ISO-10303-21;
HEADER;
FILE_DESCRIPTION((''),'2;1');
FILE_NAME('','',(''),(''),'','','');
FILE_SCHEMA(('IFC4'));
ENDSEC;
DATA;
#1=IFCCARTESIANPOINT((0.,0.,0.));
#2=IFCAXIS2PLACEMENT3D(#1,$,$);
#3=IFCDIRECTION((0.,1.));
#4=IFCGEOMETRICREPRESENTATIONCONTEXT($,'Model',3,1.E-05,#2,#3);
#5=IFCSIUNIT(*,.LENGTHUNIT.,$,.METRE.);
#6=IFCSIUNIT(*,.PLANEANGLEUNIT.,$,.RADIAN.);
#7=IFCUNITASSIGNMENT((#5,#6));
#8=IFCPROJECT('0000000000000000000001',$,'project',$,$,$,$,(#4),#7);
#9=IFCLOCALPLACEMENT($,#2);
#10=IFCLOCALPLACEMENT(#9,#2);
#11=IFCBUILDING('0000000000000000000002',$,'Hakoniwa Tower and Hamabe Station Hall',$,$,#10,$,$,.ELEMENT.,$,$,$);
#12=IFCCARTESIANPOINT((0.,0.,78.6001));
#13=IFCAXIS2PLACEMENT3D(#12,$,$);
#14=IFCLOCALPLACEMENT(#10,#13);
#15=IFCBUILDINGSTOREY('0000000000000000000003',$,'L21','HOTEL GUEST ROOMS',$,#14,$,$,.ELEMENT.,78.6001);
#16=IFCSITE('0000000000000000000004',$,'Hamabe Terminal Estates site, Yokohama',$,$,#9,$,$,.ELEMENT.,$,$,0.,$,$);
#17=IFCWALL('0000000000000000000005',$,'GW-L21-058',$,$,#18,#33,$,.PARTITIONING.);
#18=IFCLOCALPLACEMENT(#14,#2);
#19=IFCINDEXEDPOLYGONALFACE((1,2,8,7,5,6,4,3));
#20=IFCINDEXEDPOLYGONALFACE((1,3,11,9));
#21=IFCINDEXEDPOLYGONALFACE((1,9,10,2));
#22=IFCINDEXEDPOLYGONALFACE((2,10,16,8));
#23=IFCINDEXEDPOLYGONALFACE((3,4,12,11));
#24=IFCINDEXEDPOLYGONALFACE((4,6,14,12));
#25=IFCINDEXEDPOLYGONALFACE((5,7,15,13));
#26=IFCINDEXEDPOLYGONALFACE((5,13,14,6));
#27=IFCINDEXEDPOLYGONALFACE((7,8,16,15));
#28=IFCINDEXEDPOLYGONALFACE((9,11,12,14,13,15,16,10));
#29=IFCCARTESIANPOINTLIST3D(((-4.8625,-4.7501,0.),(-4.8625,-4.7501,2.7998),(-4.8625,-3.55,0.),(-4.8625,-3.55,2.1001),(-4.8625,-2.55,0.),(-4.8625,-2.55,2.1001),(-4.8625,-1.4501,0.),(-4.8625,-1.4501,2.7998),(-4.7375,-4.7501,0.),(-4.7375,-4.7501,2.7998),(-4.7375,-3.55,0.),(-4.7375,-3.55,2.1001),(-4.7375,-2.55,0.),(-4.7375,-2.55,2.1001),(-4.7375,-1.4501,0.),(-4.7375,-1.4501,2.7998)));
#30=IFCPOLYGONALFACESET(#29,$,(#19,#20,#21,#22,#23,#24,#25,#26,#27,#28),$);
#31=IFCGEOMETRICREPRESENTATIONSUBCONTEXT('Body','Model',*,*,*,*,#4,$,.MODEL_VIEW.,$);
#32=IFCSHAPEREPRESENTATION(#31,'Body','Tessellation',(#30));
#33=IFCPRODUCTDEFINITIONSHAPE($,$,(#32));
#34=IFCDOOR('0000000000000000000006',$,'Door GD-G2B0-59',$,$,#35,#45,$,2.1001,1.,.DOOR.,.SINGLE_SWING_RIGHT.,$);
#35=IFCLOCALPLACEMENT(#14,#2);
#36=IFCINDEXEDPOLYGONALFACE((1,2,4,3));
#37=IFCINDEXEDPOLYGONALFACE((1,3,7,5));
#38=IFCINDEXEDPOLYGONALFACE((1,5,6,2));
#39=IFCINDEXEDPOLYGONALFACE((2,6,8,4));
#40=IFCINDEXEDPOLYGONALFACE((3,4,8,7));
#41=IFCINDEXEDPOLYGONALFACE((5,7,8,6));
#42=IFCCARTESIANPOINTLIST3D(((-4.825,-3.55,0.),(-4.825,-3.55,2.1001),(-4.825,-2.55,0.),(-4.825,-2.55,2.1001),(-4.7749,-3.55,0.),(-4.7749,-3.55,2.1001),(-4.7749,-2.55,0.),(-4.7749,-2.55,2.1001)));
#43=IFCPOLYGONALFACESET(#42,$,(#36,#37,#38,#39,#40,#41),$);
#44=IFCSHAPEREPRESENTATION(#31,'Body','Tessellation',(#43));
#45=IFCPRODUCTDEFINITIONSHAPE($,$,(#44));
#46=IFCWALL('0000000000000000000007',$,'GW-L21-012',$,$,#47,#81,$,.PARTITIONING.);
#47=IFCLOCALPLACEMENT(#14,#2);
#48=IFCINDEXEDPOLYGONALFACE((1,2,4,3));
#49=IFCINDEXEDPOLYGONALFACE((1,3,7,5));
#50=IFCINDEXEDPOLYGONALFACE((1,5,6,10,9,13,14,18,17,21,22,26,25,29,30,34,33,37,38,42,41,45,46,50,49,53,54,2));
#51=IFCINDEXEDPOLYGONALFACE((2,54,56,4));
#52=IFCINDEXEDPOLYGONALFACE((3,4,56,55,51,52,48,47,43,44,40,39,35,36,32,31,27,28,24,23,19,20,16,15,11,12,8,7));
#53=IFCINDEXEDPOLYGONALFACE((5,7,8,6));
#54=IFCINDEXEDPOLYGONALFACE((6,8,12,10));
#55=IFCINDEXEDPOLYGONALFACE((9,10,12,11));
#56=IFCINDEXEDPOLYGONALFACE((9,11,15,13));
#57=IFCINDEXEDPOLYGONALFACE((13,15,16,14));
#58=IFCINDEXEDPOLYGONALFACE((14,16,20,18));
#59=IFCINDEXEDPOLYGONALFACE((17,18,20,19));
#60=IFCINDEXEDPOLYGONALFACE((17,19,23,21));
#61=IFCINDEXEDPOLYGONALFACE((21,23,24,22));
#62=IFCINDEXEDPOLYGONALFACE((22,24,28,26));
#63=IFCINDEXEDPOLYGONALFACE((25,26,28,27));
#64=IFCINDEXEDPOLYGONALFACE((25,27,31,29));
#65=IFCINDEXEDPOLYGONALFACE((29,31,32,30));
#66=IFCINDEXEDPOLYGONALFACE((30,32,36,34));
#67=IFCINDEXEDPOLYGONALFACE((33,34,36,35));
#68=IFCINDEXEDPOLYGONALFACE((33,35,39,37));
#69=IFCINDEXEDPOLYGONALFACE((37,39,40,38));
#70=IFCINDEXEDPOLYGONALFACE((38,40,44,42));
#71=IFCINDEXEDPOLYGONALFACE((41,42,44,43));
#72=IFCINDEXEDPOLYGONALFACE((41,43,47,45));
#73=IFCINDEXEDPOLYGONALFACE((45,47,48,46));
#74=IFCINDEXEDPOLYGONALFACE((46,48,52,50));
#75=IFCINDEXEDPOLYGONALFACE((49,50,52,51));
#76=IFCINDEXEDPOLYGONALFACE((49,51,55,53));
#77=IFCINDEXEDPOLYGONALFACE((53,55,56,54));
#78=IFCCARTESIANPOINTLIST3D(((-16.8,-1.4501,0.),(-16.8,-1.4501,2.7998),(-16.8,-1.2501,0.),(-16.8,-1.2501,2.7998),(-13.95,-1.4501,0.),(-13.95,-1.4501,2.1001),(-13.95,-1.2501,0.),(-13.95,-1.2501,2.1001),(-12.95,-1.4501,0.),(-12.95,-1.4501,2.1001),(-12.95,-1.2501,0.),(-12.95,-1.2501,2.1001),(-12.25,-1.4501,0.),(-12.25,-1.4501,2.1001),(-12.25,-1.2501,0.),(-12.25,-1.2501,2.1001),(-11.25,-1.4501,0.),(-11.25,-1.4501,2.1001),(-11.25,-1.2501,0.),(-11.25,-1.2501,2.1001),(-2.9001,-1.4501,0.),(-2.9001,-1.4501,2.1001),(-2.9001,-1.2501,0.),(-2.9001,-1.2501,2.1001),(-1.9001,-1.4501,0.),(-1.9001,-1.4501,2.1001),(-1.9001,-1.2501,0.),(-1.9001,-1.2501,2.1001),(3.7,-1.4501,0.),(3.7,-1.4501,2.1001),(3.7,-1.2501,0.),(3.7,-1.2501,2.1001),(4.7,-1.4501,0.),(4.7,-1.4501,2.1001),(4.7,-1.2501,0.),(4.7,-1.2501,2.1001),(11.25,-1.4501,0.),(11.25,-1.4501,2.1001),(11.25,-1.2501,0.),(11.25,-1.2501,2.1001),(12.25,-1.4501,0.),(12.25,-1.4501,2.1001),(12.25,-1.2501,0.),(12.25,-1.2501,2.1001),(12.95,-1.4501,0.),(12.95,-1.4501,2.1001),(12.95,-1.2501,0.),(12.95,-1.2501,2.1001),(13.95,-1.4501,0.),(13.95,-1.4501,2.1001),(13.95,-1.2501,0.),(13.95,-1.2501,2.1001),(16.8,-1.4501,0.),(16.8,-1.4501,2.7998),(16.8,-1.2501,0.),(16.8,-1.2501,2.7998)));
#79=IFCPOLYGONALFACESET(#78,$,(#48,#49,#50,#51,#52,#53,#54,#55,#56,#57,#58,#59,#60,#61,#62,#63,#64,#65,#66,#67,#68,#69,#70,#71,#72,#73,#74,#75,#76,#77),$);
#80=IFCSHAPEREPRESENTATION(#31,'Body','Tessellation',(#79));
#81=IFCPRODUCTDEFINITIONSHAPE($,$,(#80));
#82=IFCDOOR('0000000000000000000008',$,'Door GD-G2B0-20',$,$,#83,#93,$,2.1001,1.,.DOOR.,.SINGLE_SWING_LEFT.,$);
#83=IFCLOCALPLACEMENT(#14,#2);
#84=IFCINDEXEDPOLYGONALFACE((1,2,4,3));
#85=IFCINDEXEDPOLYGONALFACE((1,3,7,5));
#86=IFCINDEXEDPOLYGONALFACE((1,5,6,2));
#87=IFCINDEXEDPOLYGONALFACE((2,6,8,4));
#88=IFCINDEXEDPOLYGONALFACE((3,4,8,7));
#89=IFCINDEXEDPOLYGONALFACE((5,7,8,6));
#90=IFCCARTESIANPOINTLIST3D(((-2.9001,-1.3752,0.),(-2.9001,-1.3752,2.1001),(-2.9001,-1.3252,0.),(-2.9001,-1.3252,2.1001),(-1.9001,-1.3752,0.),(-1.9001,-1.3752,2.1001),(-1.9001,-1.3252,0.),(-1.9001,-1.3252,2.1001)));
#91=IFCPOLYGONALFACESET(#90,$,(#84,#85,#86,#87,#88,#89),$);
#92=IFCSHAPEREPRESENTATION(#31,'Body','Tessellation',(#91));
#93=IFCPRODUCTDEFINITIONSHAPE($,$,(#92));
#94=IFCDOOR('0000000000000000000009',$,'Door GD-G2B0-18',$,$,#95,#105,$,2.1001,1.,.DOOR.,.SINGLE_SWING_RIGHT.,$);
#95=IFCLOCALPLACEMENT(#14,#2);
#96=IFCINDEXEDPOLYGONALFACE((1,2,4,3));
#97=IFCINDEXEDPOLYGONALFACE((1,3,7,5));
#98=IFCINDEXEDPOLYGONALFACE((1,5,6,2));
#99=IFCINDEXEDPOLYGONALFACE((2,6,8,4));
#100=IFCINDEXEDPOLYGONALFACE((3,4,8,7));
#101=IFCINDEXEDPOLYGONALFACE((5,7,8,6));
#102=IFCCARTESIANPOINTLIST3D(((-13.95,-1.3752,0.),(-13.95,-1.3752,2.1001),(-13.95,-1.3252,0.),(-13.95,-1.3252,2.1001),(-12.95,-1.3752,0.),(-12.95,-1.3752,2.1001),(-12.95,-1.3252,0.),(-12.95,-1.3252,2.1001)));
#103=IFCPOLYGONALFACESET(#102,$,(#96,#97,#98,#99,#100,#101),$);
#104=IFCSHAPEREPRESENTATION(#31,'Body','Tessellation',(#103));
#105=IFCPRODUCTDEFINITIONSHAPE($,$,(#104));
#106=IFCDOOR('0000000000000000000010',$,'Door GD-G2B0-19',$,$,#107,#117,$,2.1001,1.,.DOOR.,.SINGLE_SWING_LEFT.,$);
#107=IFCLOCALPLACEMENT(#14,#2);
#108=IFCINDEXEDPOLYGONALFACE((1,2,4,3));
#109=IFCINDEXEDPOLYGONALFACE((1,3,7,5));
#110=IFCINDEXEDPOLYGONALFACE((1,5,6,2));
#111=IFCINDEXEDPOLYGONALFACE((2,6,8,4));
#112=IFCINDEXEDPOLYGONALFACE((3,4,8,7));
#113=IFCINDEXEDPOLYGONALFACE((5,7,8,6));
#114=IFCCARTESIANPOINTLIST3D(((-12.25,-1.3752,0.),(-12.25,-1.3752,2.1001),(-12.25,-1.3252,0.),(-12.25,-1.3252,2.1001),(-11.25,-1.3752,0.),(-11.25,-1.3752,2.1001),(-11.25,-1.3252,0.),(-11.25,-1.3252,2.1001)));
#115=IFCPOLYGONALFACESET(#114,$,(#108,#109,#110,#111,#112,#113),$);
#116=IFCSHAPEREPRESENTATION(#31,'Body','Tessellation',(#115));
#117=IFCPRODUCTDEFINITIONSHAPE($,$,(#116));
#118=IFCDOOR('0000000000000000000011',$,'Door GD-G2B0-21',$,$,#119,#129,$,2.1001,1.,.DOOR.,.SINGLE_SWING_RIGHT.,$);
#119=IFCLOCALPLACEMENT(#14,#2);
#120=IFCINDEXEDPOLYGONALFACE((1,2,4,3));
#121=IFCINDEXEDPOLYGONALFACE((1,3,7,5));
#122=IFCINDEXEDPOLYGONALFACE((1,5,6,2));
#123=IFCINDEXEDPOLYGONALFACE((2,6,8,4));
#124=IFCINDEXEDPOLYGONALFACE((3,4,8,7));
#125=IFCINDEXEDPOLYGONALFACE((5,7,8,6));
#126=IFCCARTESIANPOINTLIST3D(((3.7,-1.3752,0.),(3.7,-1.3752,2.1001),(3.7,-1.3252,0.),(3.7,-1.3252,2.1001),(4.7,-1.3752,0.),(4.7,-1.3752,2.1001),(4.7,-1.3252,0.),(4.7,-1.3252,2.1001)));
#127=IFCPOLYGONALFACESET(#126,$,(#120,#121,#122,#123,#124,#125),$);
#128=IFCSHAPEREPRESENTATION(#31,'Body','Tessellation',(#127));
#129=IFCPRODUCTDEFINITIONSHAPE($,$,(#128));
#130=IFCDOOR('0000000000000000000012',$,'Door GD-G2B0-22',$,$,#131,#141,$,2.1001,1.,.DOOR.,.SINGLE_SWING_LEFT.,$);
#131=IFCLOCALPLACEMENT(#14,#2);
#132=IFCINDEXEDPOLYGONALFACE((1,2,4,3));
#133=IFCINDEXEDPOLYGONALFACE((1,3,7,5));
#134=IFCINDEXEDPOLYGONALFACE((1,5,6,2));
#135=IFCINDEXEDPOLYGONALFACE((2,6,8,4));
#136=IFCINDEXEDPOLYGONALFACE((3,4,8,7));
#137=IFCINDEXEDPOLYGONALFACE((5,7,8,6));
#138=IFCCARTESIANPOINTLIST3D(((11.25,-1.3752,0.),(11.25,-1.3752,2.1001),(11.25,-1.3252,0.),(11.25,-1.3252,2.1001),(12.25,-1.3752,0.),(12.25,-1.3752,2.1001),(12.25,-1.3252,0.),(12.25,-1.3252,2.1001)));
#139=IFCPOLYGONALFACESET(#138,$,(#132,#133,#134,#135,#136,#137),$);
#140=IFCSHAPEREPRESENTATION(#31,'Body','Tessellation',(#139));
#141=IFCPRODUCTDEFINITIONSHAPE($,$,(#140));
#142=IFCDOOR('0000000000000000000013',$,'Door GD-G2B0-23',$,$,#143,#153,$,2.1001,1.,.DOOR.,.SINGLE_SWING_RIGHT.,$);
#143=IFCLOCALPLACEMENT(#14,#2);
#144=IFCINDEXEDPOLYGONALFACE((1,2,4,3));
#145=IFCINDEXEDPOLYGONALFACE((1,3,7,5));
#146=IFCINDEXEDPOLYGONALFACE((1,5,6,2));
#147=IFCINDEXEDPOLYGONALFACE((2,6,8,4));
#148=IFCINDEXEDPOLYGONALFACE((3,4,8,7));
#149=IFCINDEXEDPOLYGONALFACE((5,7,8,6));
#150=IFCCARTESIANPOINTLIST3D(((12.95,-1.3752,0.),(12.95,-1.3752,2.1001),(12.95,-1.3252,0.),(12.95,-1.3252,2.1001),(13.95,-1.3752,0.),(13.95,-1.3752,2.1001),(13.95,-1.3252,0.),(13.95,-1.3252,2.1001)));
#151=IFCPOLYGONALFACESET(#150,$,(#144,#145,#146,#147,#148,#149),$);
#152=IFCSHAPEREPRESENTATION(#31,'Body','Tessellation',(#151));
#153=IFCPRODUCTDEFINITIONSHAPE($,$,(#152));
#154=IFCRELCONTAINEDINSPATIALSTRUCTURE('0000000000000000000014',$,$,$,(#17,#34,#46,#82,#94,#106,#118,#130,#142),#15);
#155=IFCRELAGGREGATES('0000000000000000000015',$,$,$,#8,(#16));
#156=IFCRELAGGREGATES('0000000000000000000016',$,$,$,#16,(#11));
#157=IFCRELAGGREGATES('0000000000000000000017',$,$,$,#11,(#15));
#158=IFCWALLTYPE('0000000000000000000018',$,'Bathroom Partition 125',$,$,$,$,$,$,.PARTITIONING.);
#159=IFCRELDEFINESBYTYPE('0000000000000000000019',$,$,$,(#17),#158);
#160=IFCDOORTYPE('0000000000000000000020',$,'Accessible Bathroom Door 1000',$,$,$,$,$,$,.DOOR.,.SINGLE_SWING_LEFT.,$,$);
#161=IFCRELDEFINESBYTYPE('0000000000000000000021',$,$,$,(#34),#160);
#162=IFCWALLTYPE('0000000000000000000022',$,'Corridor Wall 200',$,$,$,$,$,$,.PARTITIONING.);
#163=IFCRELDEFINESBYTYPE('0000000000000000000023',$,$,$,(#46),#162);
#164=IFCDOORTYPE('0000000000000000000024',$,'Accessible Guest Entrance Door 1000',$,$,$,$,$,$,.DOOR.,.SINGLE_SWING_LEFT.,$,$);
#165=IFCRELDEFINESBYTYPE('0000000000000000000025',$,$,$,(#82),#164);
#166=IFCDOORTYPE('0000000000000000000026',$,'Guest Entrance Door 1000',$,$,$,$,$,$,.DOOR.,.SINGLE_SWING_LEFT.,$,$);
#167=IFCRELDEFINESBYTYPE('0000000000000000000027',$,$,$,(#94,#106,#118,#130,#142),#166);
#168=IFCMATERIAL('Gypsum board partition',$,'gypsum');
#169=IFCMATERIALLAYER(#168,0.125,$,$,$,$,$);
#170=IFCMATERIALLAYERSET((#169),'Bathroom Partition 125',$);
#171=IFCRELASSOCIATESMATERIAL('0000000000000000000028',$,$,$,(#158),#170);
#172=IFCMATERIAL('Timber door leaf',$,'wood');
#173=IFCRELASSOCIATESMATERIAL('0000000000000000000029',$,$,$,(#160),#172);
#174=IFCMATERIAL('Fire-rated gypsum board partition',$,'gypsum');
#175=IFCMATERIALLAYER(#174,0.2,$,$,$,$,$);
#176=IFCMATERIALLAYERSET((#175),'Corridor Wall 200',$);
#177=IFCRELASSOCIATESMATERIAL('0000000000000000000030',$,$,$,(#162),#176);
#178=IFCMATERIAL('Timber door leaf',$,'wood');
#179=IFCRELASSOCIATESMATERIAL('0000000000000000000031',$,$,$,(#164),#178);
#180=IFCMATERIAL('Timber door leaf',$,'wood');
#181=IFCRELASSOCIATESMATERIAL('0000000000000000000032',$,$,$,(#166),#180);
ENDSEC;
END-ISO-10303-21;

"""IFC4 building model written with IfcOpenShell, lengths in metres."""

from ifc_helpers import new_model, si_unit, direction, frame, frame_2d, origin, place, context, subcontext, project, spatial, rectangle, extrude, material, layer, layer_set, type_object, element, fill, save


model = new_model("IFC4")

# Units and contexts
model_context = context("Model", 3, precision=1e-05, world=origin(), true_north=direction((0.0, 1.0)))
body_context = subcontext(model_context, "Body", "Model", "MODEL_VIEW")
ifc_project = project(units=[si_unit("LENGTHUNIT", "METRE"), si_unit("PLANEANGLEUNIT", "RADIAN")], contexts=[model_context])

# Site, building, storey
site_placement = place(None, origin())
site = spatial("IfcSite", under=ifc_project, at=site_placement, Name="Hamabe Terminal Estates site, Yokohama", CompositionType="ELEMENT", RefElevation=0.0)
building_placement = place(site_placement, origin())
building = spatial("IfcBuilding", under=site, at=building_placement, Name="Hakoniwa Tower and Hamabe Station Hall", CompositionType="ELEMENT")
storey_placement = place(building_placement, frame((0.0, 0.0, 78.6001)))
storey = spatial("IfcBuildingStorey", under=building, at=storey_placement, Name="L21", Description="HOTEL GUEST ROOMS", CompositionType="ELEMENT", Elevation=78.6001)

# Shared definitions
ifc_material_1 = material(Name="Gypsum board partition", Category="gypsum")
ifc_layer_1 = layer(ifc_material_1, 0.125)
ifc_layer_set_1 = layer_set([ifc_layer_1], Name="Bathroom Partition 125")
wall_type_1 = type_object("IfcWallType", Name="Bathroom Partition 125", PredefinedType="PARTITIONING", material=ifc_layer_set_1)

# Wall, opening, door
wall_1_placement = place(storey_placement, frame((-4.8, -4.75, 0.0), z_axis=(0.0, 0.0, 1.0), x_axis=(0.0, 1.0, 0.0)))
wall_1 = element("IfcWall", 1, at=wall_1_placement, inside=storey, type_object=wall_type_1, Name="GW-L21-058", PredefinedType="PARTITIONING", context=body_context, shape_type="SweptSolid", body=[
    extrude(rectangle(XDim=3.3, YDim=0.125, at=frame_2d((1.6499, 0.0))), origin(), (0.0, 0.0, 1.0), 2.7998),
])
opening_1_placement = place(wall_1_placement, frame((1.2, 0.0, 0.0)))
opening_1 = element("IfcOpeningElement", 2, at=opening_1_placement, cuts=wall_1, PredefinedType="OPENING", context=body_context, shape_type="SweptSolid", body=[
    extrude(rectangle(XDim=1.0, YDim=2.1001, at=frame_2d((0.5, 1.05))), frame((0.0, 0.0725, 0.0), z_axis=(0.0, -1.0, 0.0), x_axis=(1.0, 0.0, 0.0)), (0.0, 0.0, 1.0), 0.145),
])
ifc_material_2 = material(Name="Timber door leaf", Category="wood")
door_type_1 = type_object("IfcDoorType", Name="Accessible Bathroom Door 1000", OperationType="SINGLE_SWING_LEFT", PredefinedType="DOOR", material=ifc_material_2)
door_1_placement = place(opening_1_placement, origin())
door_1 = element("IfcDoor", 3, at=door_1_placement, inside=storey, type_object=door_type_1, Name="Door GD-G2B0-59", OperationType="SINGLE_SWING_RIGHT", OverallHeight=2.1001, OverallWidth=1.0, PredefinedType="DOOR", context=body_context, shape_type="SweptSolid", body=[
    extrude(rectangle(XDim=1.0, YDim=2.1001, at=frame_2d((0.5, 1.05))), frame((0.0, 0.0249, 0.0), z_axis=(0.0, -1.0, 0.0), x_axis=(1.0, 0.0, 0.0)), (0.0, 0.0, 1.0), 0.05),
])
fill(opening_1, door_1)

# Wall, openings, doors
ifc_material_3 = material(Name="Fire-rated gypsum board partition", Category="gypsum")
ifc_layer_2 = layer(ifc_material_3, 0.2)
ifc_layer_set_2 = layer_set([ifc_layer_2], Name="Corridor Wall 200")
wall_type_2 = type_object("IfcWallType", Name="Corridor Wall 200", PredefinedType="PARTITIONING", material=ifc_layer_set_2)
wall_2_placement = place(storey_placement, frame((-16.8, -1.3501, 0.0), z_axis=(0.0, 0.0, 1.0), x_axis=(1.0, 0.0, 0.0)))
wall_2 = element("IfcWall", 4, at=wall_2_placement, inside=storey, type_object=wall_type_2, Name="GW-L21-012", PredefinedType="PARTITIONING", context=body_context, shape_type="SweptSolid", body=[
    extrude(rectangle(XDim=33.6001, YDim=0.2, at=frame_2d((16.8, 0.0))), origin(), (0.0, 0.0, 1.0), 2.7998),
])
opening_2_placement = place(wall_2_placement, frame((2.8501, 0.0, 0.0)))
opening_2 = element("IfcOpeningElement", 5, at=opening_2_placement, cuts=wall_2, PredefinedType="OPENING", context=body_context, shape_type="SweptSolid", body=[
    extrude(rectangle(XDim=1.0, YDim=2.1001, at=frame_2d((0.5, 1.05))), frame((0.0, 0.1099, 0.0), z_axis=(0.0, -1.0, 0.0), x_axis=(1.0, 0.0, 0.0)), (0.0, 0.0, 1.0), 0.22),
])
opening_3_placement = place(wall_2_placement, frame((4.55, 0.0, 0.0)))
opening_3 = element("IfcOpeningElement", 6, at=opening_3_placement, cuts=wall_2, PredefinedType="OPENING", context=body_context, shape_type="SweptSolid", body=[
    extrude(rectangle(XDim=1.0, YDim=2.1001, at=frame_2d((0.5, 1.05))), frame((0.0, 0.1099, 0.0), z_axis=(0.0, -1.0, 0.0), x_axis=(1.0, 0.0, 0.0)), (0.0, 0.0, 1.0), 0.22),
])
opening_4_placement = place(wall_2_placement, frame((13.8999, 0.0, 0.0)))
opening_4 = element("IfcOpeningElement", 7, at=opening_4_placement, cuts=wall_2, PredefinedType="OPENING", context=body_context, shape_type="SweptSolid", body=[
    extrude(rectangle(XDim=1.0, YDim=2.1001, at=frame_2d((0.5, 1.05))), frame((0.0, 0.1099, 0.0), z_axis=(0.0, -1.0, 0.0), x_axis=(1.0, 0.0, 0.0)), (0.0, 0.0, 1.0), 0.22),
])
opening_5_placement = place(wall_2_placement, frame((20.5, 0.0, 0.0)))
opening_5 = element("IfcOpeningElement", 8, at=opening_5_placement, cuts=wall_2, PredefinedType="OPENING", context=body_context, shape_type="SweptSolid", body=[
    extrude(rectangle(XDim=1.0, YDim=2.1001, at=frame_2d((0.5, 1.05))), frame((0.0, 0.1099, 0.0), z_axis=(0.0, -1.0, 0.0), x_axis=(1.0, 0.0, 0.0)), (0.0, 0.0, 1.0), 0.22),
])
opening_6_placement = place(wall_2_placement, frame((28.05, 0.0, 0.0)))
opening_6 = element("IfcOpeningElement", 9, at=opening_6_placement, cuts=wall_2, PredefinedType="OPENING", context=body_context, shape_type="SweptSolid", body=[
    extrude(rectangle(XDim=1.0, YDim=2.1001, at=frame_2d((0.5, 1.05))), frame((0.0, 0.1099, 0.0), z_axis=(0.0, -1.0, 0.0), x_axis=(1.0, 0.0, 0.0)), (0.0, 0.0, 1.0), 0.22),
])
opening_7_placement = place(wall_2_placement, frame((29.75, 0.0, 0.0)))
opening_7 = element("IfcOpeningElement", 10, at=opening_7_placement, cuts=wall_2, PredefinedType="OPENING", context=body_context, shape_type="SweptSolid", body=[
    extrude(rectangle(XDim=1.0, YDim=2.1001, at=frame_2d((0.5, 1.05))), frame((0.0, 0.1099, 0.0), z_axis=(0.0, -1.0, 0.0), x_axis=(1.0, 0.0, 0.0)), (0.0, 0.0, 1.0), 0.22),
])
ifc_material_4 = material(Name="Timber door leaf", Category="wood")
door_type_2 = type_object("IfcDoorType", Name="Accessible Guest Entrance Door 1000", OperationType="SINGLE_SWING_LEFT", PredefinedType="DOOR", material=ifc_material_4)
door_2_placement = place(opening_4_placement, origin())
door_2 = element("IfcDoor", 11, at=door_2_placement, inside=storey, type_object=door_type_2, Name="Door GD-G2B0-20", OperationType="SINGLE_SWING_LEFT", OverallHeight=2.1001, OverallWidth=1.0, PredefinedType="DOOR", context=body_context, shape_type="SweptSolid", body=[
    extrude(rectangle(XDim=1.0, YDim=2.1001, at=frame_2d((0.5, 1.05))), frame((0.0, 0.0249, 0.0), z_axis=(0.0, -1.0, 0.0), x_axis=(1.0, 0.0, 0.0)), (0.0, 0.0, 1.0), 0.05),
])
fill(opening_4, door_2)
ifc_material_5 = material(Name="Timber door leaf", Category="wood")
door_type_3 = type_object("IfcDoorType", Name="Guest Entrance Door 1000", OperationType="SINGLE_SWING_LEFT", PredefinedType="DOOR", material=ifc_material_5)
door_3_placement = place(opening_2_placement, origin())
door_3 = element("IfcDoor", 12, at=door_3_placement, inside=storey, type_object=door_type_3, Name="Door GD-G2B0-18", OperationType="SINGLE_SWING_RIGHT", OverallHeight=2.1001, OverallWidth=1.0, PredefinedType="DOOR", context=body_context, shape_type="SweptSolid", body=[
    extrude(rectangle(XDim=1.0, YDim=2.1001, at=frame_2d((0.5, 1.05))), frame((0.0, 0.0249, 0.0), z_axis=(0.0, -1.0, 0.0), x_axis=(1.0, 0.0, 0.0)), (0.0, 0.0, 1.0), 0.05),
])
fill(opening_2, door_3)
door_4_placement = place(opening_3_placement, origin())
door_4 = element("IfcDoor", 13, at=door_4_placement, inside=storey, type_object=door_type_3, Name="Door GD-G2B0-19", OperationType="SINGLE_SWING_LEFT", OverallHeight=2.1001, OverallWidth=1.0, PredefinedType="DOOR", context=body_context, shape_type="SweptSolid", body=[
    extrude(rectangle(XDim=1.0, YDim=2.1001, at=frame_2d((0.5, 1.05))), frame((0.0, 0.0249, 0.0), z_axis=(0.0, -1.0, 0.0), x_axis=(1.0, 0.0, 0.0)), (0.0, 0.0, 1.0), 0.05),
])
fill(opening_3, door_4)
door_5_placement = place(opening_5_placement, origin())
door_5 = element("IfcDoor", 14, at=door_5_placement, inside=storey, type_object=door_type_3, Name="Door GD-G2B0-21", OperationType="SINGLE_SWING_RIGHT", OverallHeight=2.1001, OverallWidth=1.0, PredefinedType="DOOR", context=body_context, shape_type="SweptSolid", body=[
    extrude(rectangle(XDim=1.0, YDim=2.1001, at=frame_2d((0.5, 1.05))), frame((0.0, 0.0249, 0.0), z_axis=(0.0, -1.0, 0.0), x_axis=(1.0, 0.0, 0.0)), (0.0, 0.0, 1.0), 0.05),
])
fill(opening_5, door_5)
door_6_placement = place(opening_6_placement, origin())
door_6 = element("IfcDoor", 15, at=door_6_placement, inside=storey, type_object=door_type_3, Name="Door GD-G2B0-22", OperationType="SINGLE_SWING_LEFT", OverallHeight=2.1001, OverallWidth=1.0, PredefinedType="DOOR", context=body_context, shape_type="SweptSolid", body=[
    extrude(rectangle(XDim=1.0, YDim=2.1001, at=frame_2d((0.5, 1.05))), frame((0.0, 0.0249, 0.0), z_axis=(0.0, -1.0, 0.0), x_axis=(1.0, 0.0, 0.0)), (0.0, 0.0, 1.0), 0.05),
])
fill(opening_6, door_6)
door_7_placement = place(opening_7_placement, origin())
door_7 = element("IfcDoor", 16, at=door_7_placement, inside=storey, type_object=door_type_3, Name="Door GD-G2B0-23", OperationType="SINGLE_SWING_RIGHT", OverallHeight=2.1001, OverallWidth=1.0, PredefinedType="DOOR", context=body_context, shape_type="SweptSolid", body=[
    extrude(rectangle(XDim=1.0, YDim=2.1001, at=frame_2d((0.5, 1.05))), frame((0.0, 0.0249, 0.0), z_axis=(0.0, -1.0, 0.0), x_axis=(1.0, 0.0, 0.0)), (0.0, 0.0, 1.0), 0.05),
])
fill(opening_7, door_7)

save(model, "model.ifc")
